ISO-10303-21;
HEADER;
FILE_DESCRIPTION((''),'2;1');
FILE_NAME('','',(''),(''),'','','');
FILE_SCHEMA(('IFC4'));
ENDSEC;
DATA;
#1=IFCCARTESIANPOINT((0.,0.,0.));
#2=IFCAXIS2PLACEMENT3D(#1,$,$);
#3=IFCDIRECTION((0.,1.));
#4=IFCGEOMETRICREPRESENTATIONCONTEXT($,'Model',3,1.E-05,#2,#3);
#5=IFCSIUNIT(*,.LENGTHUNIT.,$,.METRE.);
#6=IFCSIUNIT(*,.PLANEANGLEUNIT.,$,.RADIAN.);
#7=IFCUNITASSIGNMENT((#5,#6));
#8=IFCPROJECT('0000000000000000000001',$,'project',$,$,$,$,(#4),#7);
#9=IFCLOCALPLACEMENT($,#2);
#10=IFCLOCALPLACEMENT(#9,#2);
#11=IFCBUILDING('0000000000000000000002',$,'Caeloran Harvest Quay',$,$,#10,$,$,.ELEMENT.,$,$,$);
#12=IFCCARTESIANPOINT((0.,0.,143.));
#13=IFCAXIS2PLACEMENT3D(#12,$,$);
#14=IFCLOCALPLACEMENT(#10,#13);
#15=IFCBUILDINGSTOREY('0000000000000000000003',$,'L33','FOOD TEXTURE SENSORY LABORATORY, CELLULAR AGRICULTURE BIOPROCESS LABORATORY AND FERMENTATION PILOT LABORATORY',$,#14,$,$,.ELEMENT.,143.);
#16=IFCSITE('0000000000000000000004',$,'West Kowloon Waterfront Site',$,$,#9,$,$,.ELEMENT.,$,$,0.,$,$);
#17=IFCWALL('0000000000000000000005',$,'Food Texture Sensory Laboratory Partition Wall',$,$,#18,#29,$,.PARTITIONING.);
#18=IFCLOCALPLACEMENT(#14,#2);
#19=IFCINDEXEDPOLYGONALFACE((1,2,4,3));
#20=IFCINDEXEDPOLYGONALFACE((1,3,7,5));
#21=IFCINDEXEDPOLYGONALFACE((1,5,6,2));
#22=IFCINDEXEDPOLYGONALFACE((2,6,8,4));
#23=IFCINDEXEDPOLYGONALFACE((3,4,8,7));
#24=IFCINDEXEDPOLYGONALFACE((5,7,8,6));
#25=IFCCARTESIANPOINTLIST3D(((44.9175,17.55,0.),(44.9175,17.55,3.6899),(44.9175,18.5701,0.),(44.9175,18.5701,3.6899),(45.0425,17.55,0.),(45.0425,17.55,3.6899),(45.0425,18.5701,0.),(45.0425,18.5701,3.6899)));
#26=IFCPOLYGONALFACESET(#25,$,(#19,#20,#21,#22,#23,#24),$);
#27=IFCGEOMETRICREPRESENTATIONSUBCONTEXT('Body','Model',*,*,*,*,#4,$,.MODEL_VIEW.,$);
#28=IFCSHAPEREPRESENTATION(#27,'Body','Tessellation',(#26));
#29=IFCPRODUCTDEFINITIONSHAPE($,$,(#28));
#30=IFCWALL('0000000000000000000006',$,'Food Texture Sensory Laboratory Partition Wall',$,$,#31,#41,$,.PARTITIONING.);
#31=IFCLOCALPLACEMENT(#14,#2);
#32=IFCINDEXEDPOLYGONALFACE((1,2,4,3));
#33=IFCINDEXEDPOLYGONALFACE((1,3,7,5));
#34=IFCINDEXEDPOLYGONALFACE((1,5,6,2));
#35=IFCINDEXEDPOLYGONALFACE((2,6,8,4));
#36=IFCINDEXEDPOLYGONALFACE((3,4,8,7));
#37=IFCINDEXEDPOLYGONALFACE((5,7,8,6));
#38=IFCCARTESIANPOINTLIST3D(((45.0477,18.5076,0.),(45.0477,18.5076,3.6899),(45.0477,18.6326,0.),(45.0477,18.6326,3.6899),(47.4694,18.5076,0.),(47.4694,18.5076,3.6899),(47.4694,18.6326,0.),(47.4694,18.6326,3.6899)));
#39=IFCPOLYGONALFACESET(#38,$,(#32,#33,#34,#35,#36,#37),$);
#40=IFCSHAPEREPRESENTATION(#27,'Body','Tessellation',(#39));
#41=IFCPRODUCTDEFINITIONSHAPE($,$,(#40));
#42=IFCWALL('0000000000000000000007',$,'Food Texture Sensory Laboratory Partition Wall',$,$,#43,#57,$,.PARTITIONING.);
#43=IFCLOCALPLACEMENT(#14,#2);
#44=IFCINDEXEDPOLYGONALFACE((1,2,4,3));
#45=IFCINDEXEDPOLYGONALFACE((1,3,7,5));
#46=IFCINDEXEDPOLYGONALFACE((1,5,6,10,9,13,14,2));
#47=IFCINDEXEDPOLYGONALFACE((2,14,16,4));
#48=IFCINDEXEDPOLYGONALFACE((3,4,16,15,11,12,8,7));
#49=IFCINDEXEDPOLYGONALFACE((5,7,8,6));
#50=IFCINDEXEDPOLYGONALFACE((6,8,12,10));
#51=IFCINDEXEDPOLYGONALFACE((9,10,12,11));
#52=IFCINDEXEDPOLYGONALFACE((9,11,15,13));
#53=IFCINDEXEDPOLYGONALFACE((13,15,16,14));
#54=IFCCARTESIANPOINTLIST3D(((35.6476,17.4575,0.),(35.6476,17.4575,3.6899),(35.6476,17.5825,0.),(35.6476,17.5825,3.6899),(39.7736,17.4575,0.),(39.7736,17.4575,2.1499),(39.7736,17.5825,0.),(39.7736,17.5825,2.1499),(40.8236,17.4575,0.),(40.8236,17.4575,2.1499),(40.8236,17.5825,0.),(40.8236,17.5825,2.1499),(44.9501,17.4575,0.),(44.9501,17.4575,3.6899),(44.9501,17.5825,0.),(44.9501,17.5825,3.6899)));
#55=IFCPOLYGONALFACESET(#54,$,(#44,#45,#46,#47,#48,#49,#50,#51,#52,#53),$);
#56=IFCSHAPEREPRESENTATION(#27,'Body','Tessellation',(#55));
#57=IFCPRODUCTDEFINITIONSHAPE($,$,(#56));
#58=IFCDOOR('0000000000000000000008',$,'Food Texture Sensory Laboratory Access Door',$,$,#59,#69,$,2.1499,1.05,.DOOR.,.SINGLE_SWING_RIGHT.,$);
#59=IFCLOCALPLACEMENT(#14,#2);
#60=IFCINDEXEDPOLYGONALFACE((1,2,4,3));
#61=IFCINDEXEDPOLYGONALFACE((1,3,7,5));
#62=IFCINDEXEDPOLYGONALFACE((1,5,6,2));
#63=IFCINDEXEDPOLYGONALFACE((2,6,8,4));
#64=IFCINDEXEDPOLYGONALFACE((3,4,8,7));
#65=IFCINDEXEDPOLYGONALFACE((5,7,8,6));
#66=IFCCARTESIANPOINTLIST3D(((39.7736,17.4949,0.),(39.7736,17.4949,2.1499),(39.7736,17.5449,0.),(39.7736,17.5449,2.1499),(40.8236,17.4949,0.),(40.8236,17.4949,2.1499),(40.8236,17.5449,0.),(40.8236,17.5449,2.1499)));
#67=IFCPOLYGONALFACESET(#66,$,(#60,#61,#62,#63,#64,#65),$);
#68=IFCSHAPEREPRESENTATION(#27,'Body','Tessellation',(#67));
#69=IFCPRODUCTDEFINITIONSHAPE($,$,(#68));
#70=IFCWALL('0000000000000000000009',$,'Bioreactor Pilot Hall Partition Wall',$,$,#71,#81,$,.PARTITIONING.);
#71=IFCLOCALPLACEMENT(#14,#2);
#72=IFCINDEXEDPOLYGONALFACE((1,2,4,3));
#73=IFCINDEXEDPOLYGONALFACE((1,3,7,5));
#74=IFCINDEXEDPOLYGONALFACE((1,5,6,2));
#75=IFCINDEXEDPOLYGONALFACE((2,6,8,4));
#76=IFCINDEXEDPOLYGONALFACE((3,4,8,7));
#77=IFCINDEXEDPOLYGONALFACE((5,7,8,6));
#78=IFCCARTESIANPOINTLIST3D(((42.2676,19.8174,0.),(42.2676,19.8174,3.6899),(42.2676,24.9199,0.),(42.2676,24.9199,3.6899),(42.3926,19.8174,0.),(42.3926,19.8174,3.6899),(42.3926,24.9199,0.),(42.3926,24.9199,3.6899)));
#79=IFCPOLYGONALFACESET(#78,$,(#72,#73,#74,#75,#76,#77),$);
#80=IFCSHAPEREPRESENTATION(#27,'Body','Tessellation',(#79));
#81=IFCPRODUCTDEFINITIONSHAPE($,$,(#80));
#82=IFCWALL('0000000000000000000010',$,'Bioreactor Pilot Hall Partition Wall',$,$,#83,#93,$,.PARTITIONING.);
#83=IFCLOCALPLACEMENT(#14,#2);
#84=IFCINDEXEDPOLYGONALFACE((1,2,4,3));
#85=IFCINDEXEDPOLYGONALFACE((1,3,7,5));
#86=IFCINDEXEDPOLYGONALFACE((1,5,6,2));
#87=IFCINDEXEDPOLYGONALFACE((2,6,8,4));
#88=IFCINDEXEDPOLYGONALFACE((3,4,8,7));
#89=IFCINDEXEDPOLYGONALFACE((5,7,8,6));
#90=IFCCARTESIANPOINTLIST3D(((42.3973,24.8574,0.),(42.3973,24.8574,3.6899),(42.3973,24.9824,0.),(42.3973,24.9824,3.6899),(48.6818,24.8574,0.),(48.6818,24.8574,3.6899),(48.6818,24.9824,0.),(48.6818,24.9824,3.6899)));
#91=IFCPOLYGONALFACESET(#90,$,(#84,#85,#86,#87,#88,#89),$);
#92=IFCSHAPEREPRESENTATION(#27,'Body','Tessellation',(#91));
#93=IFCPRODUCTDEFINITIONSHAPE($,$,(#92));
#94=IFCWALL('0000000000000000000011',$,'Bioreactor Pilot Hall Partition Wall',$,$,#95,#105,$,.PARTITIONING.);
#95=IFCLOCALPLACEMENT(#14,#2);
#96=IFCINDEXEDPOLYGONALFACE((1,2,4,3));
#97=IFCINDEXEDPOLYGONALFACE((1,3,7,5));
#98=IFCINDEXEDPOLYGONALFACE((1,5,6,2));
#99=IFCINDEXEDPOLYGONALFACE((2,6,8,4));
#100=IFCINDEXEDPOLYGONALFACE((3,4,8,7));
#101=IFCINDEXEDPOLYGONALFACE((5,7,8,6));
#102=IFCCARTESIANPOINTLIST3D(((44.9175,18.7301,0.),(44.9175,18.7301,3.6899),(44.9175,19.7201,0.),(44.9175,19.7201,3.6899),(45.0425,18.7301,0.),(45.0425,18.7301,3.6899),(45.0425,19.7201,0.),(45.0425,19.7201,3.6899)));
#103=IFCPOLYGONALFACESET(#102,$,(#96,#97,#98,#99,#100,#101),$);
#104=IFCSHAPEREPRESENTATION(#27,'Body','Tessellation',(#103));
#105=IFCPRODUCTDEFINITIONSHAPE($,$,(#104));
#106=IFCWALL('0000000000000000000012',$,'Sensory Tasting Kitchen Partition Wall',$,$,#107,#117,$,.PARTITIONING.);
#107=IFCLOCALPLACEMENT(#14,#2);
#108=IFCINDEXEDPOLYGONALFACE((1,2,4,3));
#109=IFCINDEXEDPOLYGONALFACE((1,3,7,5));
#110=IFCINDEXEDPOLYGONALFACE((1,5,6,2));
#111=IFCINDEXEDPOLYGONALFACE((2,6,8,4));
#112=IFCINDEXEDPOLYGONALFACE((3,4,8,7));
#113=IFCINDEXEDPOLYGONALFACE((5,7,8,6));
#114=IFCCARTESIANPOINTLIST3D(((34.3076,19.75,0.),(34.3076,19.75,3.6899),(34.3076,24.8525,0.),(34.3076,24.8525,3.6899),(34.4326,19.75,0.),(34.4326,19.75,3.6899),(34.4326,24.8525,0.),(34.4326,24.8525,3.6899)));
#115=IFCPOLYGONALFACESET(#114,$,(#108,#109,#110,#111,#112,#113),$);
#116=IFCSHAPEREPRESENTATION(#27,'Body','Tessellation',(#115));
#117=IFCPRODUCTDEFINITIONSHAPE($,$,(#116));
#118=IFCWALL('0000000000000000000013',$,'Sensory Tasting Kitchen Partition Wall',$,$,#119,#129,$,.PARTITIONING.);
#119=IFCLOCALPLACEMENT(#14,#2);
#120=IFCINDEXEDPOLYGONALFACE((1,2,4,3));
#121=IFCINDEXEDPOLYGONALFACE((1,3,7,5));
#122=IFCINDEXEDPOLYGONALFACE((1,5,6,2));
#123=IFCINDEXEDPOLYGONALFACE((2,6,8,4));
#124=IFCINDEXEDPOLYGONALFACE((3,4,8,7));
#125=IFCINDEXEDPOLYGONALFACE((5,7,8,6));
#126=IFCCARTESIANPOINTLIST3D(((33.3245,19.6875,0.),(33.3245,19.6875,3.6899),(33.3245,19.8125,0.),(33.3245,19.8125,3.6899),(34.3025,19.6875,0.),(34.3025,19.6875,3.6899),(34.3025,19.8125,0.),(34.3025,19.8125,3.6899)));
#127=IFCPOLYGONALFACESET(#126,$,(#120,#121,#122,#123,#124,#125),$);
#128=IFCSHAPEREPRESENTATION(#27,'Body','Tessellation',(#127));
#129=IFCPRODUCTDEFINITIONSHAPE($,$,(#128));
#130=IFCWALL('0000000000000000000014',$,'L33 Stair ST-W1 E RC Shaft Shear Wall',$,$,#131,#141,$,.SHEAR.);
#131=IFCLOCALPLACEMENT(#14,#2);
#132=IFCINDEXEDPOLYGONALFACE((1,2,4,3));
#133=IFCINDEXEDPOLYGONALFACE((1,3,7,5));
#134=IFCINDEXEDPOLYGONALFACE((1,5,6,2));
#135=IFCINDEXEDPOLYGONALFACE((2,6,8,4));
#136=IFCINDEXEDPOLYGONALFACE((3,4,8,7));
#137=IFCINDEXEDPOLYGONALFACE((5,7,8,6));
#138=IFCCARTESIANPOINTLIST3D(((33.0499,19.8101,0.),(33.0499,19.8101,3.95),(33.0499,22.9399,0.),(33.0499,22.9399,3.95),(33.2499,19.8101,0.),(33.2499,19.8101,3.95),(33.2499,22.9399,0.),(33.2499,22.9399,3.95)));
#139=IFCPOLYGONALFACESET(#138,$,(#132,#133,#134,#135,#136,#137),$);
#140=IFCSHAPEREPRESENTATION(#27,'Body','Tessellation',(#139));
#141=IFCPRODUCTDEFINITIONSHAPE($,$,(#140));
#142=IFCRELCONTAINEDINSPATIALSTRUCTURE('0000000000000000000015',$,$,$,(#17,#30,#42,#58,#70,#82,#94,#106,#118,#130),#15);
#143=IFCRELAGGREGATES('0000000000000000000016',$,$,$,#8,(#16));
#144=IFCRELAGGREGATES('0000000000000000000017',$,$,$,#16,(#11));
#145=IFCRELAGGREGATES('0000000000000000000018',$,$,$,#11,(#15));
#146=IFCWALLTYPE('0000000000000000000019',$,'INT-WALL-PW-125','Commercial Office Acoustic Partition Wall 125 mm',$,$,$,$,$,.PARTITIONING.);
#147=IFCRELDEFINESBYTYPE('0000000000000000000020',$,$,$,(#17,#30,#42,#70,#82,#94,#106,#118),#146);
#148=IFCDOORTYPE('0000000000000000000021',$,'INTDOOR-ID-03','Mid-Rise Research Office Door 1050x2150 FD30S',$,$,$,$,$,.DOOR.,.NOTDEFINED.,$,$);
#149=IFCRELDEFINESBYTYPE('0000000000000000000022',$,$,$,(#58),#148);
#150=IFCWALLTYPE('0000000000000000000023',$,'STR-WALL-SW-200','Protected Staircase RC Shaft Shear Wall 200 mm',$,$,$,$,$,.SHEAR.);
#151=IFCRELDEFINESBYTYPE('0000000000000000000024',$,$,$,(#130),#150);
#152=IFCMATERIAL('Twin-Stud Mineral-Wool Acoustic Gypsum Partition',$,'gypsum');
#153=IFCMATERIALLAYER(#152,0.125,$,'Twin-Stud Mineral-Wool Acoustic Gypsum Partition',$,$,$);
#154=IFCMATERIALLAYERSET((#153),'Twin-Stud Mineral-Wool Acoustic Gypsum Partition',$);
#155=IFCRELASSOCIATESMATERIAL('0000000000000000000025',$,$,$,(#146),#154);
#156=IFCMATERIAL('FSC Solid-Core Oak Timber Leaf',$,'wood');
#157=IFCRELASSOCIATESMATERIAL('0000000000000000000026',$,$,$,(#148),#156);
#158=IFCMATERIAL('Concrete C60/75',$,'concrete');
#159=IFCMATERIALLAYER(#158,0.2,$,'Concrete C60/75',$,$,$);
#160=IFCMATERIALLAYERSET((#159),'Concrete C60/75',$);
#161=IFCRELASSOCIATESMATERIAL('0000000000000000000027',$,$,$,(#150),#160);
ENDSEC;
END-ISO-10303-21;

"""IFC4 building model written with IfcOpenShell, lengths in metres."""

from ifc_helpers import new_model, si_unit, direction, frame, frame_2d, origin, place, context, subcontext, project, spatial, rectangle, extrude, material, layer, layer_set, type_object, element, fill, save


model = new_model("IFC4")

# Units and contexts
model_context = context("Model", 3, precision=1e-05, world=origin(), true_north=direction((0.0, 1.0)))
body_context = subcontext(model_context, "Body", "Model", "MODEL_VIEW")
ifc_project = project(units=[si_unit("LENGTHUNIT", "METRE"), si_unit("PLANEANGLEUNIT", "RADIAN")], contexts=[model_context])

# Site, building, storey
site_placement = place(None, origin())
site = spatial("IfcSite", under=ifc_project, at=site_placement, Name="West Kowloon Waterfront Site", CompositionType="ELEMENT", RefElevation=0.0)
building_placement = place(site_placement, origin())
building = spatial("IfcBuilding", under=site, at=building_placement, Name="Caeloran Harvest Quay", CompositionType="ELEMENT")
storey_placement = place(building_placement, frame((0.0, 0.0, 143.0)))
storey = spatial("IfcBuildingStorey", under=building, at=storey_placement, Name="L33", Description="FOOD TEXTURE SENSORY LABORATORY, CELLULAR AGRICULTURE BIOPROCESS LABORATORY AND FERMENTATION PILOT LABORATORY", CompositionType="ELEMENT", Elevation=143.0)

# Walls
ifc_material_1 = material(Name="Twin-Stud Mineral-Wool Acoustic Gypsum Partition", Category="gypsum")
ifc_layer_1 = layer(ifc_material_1, 0.125, Name="Twin-Stud Mineral-Wool Acoustic Gypsum Partition")
ifc_layer_set_1 = layer_set([ifc_layer_1], Name="Twin-Stud Mineral-Wool Acoustic Gypsum Partition")
wall_type_1 = type_object("IfcWallType", Name="INT-WALL-PW-125", Description="Commercial Office Acoustic Partition Wall 125 mm", PredefinedType="PARTITIONING", material=ifc_layer_set_1)
wall_1_placement = place(storey_placement, frame((44.98, 17.55, 0.0), z_axis=(0.0, 0.0, 1.0), x_axis=(0.0, 1.0, 0.0)))
element("IfcWall", 1, at=wall_1_placement, inside=storey, type_object=wall_type_1, Name="Food Texture Sensory Laboratory Partition Wall", PredefinedType="PARTITIONING", context=body_context, shape_type="SweptSolid", body=[
    extrude(rectangle(XDim=1.02, YDim=0.125, at=frame_2d((0.51, 0.0))), origin(), (0.0, 0.0, 1.0), 3.6899),
])
wall_2_placement = place(storey_placement, frame((45.0476, 18.5701, 0.0), z_axis=(0.0, 0.0, 1.0), x_axis=(1.0, 0.0, 0.0)))
element("IfcWall", 2, at=wall_2_placement, inside=storey, type_object=wall_type_1, Name="Food Texture Sensory Laboratory Partition Wall", PredefinedType="PARTITIONING", context=body_context, shape_type="SweptSolid", body=[
    extrude(rectangle(XDim=2.4216, YDim=0.125, at=frame_2d((1.2109, 0.0))), origin(), (0.0, 0.0, 1.0), 3.6899),
])

# Wall, opening, door
wall_3_placement = place(storey_placement, frame((35.6475, 17.52, 0.0), z_axis=(0.0, 0.0, 1.0), x_axis=(1.0, 0.0, 0.0)))
wall_3 = element("IfcWall", 3, at=wall_3_placement, inside=storey, type_object=wall_type_1, Name="Food Texture Sensory Laboratory Partition Wall", PredefinedType="PARTITIONING", context=body_context, shape_type="SweptSolid", body=[
    extrude(rectangle(XDim=9.3025, YDim=0.125, at=frame_2d((4.6514, 0.0))), origin(), (0.0, 0.0, 1.0), 3.6899),
])
opening_1_placement = place(wall_3_placement, frame((4.1262, 0.0, 0.0)))
opening_1 = element("IfcOpeningElement", 4, at=opening_1_placement, cuts=wall_3, PredefinedType="OPENING", context=body_context, shape_type="SweptSolid", body=[
    extrude(rectangle(XDim=1.05, YDim=2.1499, at=frame_2d((0.5249, 1.075))), frame((0.0, 0.0725, 0.0), z_axis=(0.0, -1.0, 0.0), x_axis=(1.0, 0.0, 0.0)), (0.0, 0.0, 1.0), 0.145),
])
ifc_material_2 = material(Name="FSC Solid-Core Oak Timber Leaf", Category="wood")
door_type = type_object("IfcDoorType", Name="INTDOOR-ID-03", Description="Mid-Rise Research Office Door 1050x2150 FD30S", OperationType="NOTDEFINED", PredefinedType="DOOR", material=ifc_material_2)
door_1_placement = place(opening_1_placement, origin())
door_1 = element("IfcDoor", 5, at=door_1_placement, inside=storey, type_object=door_type, Name="Food Texture Sensory Laboratory Access Door", OperationType="SINGLE_SWING_RIGHT", OverallHeight=2.1499, OverallWidth=1.05, PredefinedType="DOOR", context=body_context, shape_type="SweptSolid", body=[
    extrude(rectangle(XDim=1.05, YDim=2.1499, at=frame_2d((0.5249, 1.075))), frame((0.0, 0.0249, 0.0), z_axis=(0.0, -1.0, 0.0), x_axis=(1.0, 0.0, 0.0)), (0.0, 0.0, 1.0), 0.05),
])
fill(opening_1, door_1)

# Walls
wall_4_placement = place(storey_placement, frame((42.3301, 19.8174, 0.0), z_axis=(0.0, 0.0, 1.0), x_axis=(0.0, 1.0, 0.0)))
element("IfcWall", 6, at=wall_4_placement, inside=storey, type_object=wall_type_1, Name="Bioreactor Pilot Hall Partition Wall", PredefinedType="PARTITIONING", context=body_context, shape_type="SweptSolid", body=[
    extrude(rectangle(XDim=5.1025, YDim=0.125, at=frame_2d((2.5513, 0.0))), origin(), (0.0, 0.0, 1.0), 3.6899),
])
wall_5_placement = place(storey_placement, frame((42.3975, 24.9199, 0.0), z_axis=(0.0, 0.0, 1.0), x_axis=(1.0, 0.0, 0.0)))
element("IfcWall", 7, at=wall_5_placement, inside=storey, type_object=wall_type_1, Name="Bioreactor Pilot Hall Partition Wall", PredefinedType="PARTITIONING", context=body_context, shape_type="SweptSolid", body=[
    extrude(rectangle(XDim=6.2844, YDim=0.125, at=frame_2d((3.1421, 0.0))), origin(), (0.0, 0.0, 1.0), 3.6899),
])
wall_6_placement = place(storey_placement, frame((44.98, 18.73, 0.0), z_axis=(0.0, 0.0, 1.0), x_axis=(0.0, 1.0, 0.0)))
element("IfcWall", 8, at=wall_6_placement, inside=storey, type_object=wall_type_1, Name="Bioreactor Pilot Hall Partition Wall", PredefinedType="PARTITIONING", context=body_context, shape_type="SweptSolid", body=[
    extrude(rectangle(XDim=0.99, YDim=0.125, at=frame_2d((0.4951, 0.0))), origin(), (0.0, 0.0, 1.0), 3.6899),
])
wall_7_placement = place(storey_placement, frame((34.3701, 24.8525, 0.0), z_axis=(0.0, 0.0, 1.0), x_axis=(0.0, -1.0, 0.0)))
element("IfcWall", 9, at=wall_7_placement, inside=storey, type_object=wall_type_1, Name="Sensory Tasting Kitchen Partition Wall", PredefinedType="PARTITIONING", context=body_context, shape_type="SweptSolid", body=[
    extrude(rectangle(XDim=5.1025, YDim=0.125, at=frame_2d((2.5513, 0.0))), origin(), (0.0, 0.0, 1.0), 3.6899),
])
wall_8_placement = place(storey_placement, frame((34.3025, 19.75, 0.0), z_axis=(0.0, 0.0, 1.0), x_axis=(-1.0, 0.0, 0.0)))
element("IfcWall", 10, at=wall_8_placement, inside=storey, type_object=wall_type_1, Name="Sensory Tasting Kitchen Partition Wall", PredefinedType="PARTITIONING", context=body_context, shape_type="SweptSolid", body=[
    extrude(rectangle(XDim=0.978, YDim=0.125, at=frame_2d((0.489, 0.0))), origin(), (0.0, 0.0, 1.0), 3.6899),
])
ifc_material_3 = material(Name="Concrete C60/75", Category="concrete")
ifc_layer_2 = layer(ifc_material_3, 0.2, Name="Concrete C60/75")
ifc_layer_set_2 = layer_set([ifc_layer_2], Name="Concrete C60/75")
wall_type_2 = type_object("IfcWallType", Name="STR-WALL-SW-200", Description="Protected Staircase RC Shaft Shear Wall 200 mm", PredefinedType="SHEAR", material=ifc_layer_set_2)
wall_9_placement = place(storey_placement, frame((33.1499, 19.8101, 0.0), z_axis=(0.0, 0.0, 1.0), x_axis=(0.0, 1.0, 0.0)))
element("IfcWall", 11, at=wall_9_placement, inside=storey, type_object=wall_type_2, Name="L33 Stair ST-W1 E RC Shaft Shear Wall", PredefinedType="SHEAR", context=body_context, shape_type="SweptSolid", body=[
    extrude(rectangle(XDim=3.1299, YDim=0.2, at=frame_2d((1.5649, 0.0))), origin(), (0.0, 0.0, 1.0), 3.95),
])

save(model, "model.ifc")
